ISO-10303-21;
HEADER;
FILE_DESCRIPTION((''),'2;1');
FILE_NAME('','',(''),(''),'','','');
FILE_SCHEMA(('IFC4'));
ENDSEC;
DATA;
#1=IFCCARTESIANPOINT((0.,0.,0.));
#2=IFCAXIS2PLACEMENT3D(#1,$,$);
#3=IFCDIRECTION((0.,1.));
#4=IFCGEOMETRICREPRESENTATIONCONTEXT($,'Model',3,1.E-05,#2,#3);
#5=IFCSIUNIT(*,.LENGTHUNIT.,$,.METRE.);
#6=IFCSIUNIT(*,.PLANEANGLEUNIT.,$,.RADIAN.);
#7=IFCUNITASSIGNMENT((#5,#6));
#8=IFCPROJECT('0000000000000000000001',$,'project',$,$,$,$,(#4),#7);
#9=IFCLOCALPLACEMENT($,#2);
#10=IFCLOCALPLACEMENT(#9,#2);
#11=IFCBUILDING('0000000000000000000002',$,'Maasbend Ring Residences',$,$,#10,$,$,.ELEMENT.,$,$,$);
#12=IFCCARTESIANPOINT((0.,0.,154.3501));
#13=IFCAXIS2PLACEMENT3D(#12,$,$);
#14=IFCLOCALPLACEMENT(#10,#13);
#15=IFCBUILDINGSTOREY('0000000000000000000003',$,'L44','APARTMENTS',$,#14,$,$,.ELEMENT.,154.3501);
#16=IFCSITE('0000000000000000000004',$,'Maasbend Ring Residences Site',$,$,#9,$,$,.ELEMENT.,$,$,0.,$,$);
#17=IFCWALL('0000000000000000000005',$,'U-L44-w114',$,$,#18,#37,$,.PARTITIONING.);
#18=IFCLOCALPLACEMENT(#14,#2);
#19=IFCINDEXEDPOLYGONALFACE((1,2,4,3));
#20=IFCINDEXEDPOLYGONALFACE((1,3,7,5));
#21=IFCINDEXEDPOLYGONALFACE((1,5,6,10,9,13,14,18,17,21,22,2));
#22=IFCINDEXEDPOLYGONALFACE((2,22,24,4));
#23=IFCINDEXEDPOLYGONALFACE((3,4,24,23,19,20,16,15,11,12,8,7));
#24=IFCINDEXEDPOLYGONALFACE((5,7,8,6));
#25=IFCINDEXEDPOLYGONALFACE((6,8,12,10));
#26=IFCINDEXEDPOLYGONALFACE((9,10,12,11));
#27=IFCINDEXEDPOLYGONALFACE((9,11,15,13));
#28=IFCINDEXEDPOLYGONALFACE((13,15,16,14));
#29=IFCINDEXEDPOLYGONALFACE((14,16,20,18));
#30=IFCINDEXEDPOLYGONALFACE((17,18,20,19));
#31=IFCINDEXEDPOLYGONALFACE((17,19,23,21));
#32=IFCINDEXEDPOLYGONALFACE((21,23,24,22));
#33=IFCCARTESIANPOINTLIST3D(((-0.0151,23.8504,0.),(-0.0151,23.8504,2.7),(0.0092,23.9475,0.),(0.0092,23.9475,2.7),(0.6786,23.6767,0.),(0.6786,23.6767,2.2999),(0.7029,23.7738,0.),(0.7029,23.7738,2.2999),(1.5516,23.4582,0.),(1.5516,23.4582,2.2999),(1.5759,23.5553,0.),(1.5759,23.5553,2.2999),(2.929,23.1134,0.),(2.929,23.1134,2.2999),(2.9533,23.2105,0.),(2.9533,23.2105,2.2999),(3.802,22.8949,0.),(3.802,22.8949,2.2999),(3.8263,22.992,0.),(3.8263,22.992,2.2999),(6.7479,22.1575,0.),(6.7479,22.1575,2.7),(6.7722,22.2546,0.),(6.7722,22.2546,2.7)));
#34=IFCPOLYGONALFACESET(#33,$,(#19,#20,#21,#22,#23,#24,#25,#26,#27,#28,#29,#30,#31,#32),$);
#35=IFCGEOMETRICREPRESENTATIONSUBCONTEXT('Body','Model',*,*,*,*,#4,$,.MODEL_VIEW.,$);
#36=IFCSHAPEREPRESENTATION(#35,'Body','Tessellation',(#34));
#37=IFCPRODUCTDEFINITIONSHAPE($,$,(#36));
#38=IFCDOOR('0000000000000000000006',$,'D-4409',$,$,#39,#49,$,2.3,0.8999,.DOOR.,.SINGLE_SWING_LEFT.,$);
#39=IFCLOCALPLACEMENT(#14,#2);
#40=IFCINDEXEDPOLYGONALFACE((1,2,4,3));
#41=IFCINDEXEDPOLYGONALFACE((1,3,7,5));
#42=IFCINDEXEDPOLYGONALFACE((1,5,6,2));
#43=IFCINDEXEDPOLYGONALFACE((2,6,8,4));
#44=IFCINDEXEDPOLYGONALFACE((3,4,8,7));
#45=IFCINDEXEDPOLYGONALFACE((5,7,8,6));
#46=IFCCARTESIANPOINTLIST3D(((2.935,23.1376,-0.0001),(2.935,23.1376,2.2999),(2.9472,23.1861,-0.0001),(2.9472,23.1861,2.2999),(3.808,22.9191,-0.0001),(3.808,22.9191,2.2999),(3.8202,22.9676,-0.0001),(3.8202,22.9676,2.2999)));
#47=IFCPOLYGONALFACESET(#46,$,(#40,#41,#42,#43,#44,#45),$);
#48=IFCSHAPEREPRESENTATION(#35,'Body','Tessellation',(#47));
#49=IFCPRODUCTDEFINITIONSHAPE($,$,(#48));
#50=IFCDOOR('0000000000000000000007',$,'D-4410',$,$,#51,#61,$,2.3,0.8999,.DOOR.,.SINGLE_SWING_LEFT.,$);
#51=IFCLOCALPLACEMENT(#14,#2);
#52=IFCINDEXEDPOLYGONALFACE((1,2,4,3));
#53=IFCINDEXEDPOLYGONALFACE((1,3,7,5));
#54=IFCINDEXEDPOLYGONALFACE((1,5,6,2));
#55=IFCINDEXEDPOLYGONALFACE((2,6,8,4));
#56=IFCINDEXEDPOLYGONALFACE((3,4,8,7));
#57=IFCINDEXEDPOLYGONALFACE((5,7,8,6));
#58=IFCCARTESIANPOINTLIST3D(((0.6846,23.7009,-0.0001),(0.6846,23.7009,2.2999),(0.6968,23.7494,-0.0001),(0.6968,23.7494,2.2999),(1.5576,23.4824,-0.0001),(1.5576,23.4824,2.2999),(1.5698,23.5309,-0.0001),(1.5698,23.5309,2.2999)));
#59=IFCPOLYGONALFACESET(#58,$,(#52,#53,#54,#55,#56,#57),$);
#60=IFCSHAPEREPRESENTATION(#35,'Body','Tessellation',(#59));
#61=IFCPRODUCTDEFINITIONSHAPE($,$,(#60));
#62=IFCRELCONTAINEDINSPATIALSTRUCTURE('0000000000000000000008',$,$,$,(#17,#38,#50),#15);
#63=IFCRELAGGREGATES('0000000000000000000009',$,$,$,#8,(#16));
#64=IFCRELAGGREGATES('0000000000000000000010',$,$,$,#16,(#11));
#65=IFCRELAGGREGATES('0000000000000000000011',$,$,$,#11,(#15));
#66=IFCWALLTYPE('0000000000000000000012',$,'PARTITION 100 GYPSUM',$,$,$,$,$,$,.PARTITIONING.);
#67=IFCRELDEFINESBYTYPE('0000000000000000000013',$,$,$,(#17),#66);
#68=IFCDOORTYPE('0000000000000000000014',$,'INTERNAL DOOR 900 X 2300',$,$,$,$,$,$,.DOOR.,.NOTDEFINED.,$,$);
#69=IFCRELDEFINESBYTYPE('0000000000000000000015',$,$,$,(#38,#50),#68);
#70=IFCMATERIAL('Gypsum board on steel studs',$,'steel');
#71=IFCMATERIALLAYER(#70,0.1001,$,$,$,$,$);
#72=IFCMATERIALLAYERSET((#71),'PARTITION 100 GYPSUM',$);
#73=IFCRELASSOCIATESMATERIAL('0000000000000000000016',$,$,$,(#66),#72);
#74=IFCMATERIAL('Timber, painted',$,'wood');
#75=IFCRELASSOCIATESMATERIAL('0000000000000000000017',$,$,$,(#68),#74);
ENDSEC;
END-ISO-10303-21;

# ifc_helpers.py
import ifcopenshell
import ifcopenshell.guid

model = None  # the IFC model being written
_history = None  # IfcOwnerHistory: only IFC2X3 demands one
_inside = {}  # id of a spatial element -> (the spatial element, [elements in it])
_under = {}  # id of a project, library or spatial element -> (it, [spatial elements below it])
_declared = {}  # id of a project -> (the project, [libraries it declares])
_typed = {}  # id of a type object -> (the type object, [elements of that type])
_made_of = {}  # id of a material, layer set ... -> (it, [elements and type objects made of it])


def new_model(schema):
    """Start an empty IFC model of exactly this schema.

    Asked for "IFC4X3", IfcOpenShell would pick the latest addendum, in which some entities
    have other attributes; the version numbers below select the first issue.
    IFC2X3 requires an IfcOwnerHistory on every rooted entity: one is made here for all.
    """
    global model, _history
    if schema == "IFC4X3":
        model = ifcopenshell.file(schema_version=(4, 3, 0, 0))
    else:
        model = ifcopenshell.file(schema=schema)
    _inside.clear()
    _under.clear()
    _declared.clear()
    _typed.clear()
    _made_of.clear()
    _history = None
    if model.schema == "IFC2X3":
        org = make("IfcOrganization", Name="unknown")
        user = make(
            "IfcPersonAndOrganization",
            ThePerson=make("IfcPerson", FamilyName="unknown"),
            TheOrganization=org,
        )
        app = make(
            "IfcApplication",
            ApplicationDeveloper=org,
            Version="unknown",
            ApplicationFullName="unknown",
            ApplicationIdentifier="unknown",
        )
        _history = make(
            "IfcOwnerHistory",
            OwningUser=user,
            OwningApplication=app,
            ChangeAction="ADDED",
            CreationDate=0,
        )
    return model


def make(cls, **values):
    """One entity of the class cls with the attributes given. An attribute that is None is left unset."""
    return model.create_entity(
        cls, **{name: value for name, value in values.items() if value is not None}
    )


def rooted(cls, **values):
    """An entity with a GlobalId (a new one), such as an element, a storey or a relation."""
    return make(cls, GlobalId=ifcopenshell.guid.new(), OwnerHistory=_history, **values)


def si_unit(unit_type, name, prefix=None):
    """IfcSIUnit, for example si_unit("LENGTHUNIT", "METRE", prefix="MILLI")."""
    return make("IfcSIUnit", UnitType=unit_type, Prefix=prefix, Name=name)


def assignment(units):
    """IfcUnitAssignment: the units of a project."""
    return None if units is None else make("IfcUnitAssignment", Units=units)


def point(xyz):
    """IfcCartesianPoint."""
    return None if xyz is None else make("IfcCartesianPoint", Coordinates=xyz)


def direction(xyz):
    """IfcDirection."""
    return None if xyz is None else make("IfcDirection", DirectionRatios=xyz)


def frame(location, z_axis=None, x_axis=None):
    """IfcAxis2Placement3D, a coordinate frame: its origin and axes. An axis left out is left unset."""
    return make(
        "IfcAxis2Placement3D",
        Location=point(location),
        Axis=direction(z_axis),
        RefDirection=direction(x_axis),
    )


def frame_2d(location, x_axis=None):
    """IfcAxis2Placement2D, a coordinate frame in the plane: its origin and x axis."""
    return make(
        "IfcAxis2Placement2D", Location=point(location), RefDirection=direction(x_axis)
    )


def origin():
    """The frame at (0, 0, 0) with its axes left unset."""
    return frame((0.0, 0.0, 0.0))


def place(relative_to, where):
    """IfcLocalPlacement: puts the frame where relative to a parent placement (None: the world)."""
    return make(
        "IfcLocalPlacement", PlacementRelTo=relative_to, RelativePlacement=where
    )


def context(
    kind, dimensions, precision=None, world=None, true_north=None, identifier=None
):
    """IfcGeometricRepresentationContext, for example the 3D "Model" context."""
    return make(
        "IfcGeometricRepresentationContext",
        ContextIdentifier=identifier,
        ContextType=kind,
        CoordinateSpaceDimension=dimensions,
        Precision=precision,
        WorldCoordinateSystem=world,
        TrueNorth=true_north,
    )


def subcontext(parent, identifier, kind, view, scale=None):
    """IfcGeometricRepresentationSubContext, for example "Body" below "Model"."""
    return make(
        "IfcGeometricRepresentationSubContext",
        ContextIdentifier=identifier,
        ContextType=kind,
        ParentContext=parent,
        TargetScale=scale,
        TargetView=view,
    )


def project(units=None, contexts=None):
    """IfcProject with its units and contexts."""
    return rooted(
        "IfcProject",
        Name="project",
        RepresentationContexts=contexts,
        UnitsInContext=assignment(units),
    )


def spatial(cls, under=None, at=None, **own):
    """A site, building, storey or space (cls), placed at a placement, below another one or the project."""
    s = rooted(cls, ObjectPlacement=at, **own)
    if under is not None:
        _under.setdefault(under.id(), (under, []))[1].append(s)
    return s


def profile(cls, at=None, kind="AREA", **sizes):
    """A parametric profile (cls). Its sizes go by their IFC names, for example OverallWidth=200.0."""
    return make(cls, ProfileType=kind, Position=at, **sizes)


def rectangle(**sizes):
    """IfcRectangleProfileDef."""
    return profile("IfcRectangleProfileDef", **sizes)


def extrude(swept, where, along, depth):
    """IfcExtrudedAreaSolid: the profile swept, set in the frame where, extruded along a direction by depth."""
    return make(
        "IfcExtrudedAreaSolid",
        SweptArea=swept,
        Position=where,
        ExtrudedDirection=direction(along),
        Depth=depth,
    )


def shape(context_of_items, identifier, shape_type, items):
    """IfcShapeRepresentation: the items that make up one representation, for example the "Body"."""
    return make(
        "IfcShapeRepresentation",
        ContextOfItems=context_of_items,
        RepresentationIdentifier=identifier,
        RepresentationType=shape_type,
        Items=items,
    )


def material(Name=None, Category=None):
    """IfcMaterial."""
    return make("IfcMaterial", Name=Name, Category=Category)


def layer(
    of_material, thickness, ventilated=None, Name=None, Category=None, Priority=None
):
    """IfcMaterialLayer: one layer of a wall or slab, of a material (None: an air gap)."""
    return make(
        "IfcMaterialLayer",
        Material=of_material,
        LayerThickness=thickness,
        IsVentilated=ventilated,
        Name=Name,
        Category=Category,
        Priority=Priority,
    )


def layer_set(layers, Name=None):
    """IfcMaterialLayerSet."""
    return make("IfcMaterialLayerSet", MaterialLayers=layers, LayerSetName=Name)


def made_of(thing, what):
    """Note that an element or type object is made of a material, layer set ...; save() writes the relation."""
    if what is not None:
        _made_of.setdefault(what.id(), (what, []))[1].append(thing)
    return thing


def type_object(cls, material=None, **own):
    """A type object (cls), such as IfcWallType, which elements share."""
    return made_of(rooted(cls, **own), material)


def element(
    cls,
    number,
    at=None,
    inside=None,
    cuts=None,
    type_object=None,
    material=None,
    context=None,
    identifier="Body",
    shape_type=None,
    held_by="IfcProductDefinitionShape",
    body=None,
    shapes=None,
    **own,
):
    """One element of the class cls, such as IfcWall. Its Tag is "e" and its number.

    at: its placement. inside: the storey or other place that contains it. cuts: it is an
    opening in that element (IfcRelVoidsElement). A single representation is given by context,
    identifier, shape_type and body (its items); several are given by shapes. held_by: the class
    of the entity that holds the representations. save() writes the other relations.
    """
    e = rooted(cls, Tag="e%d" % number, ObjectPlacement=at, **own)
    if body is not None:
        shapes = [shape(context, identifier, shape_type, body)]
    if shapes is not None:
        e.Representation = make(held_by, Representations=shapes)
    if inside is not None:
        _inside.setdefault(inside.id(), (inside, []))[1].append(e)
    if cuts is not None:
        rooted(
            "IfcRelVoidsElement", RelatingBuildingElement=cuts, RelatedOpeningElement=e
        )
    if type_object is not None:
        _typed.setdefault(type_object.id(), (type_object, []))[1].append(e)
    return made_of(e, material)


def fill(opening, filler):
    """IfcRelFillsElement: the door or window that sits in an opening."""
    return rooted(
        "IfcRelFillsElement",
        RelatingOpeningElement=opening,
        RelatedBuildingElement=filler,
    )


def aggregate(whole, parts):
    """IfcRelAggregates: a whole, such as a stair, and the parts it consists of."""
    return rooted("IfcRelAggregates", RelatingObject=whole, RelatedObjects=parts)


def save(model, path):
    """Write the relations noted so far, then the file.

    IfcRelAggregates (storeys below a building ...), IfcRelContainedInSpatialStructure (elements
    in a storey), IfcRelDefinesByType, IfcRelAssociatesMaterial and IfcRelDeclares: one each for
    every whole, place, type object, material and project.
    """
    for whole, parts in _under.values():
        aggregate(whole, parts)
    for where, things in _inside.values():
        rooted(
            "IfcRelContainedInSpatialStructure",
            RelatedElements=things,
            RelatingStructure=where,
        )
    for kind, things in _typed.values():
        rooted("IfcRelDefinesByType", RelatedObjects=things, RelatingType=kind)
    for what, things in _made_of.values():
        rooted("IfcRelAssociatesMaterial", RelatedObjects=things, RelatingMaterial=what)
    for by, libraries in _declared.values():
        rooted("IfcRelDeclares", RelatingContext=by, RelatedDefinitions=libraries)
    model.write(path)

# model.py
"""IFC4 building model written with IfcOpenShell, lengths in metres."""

from ifc_helpers import new_model, si_unit, direction, frame, frame_2d, origin, place, context, subcontext, project, spatial, rectangle, extrude, material, layer, layer_set, type_object, element, fill, save


model = new_model("IFC4")

# Units and contexts
model_context = context("Model", 3, precision=1e-05, world=origin(), true_north=direction((0.0, 1.0)))
body_context = subcontext(model_context, "Body", "Model", "MODEL_VIEW")
ifc_project = project(units=[si_unit("LENGTHUNIT", "METRE"), si_unit("PLANEANGLEUNIT", "RADIAN")], contexts=[model_context])

# Site, building, storey
site_placement = place(None, origin())
site = spatial("IfcSite", under=ifc_project, at=site_placement, Name="Maasbend Ring Residences Site", CompositionType="ELEMENT", RefElevation=0.0)
building_placement = place(site_placement, origin())
building = spatial("IfcBuilding", under=site, at=building_placement, Name="Maasbend Ring Residences", CompositionType="ELEMENT")
storey_placement = place(building_placement, frame((0.0, 0.0, 154.3501)))
storey = spatial("IfcBuildingStorey", under=building, at=storey_placement, Name="L44", Description="APARTMENTS", CompositionType="ELEMENT", Elevation=154.3501)

# Shared definitions
ifc_material_1 = material(Name="Gypsum board on steel studs", Category="steel")
ifc_layer_1 = layer(ifc_material_1, 0.1001)
ifc_layer_set_1 = layer_set([ifc_layer_1], Name="PARTITION 100 GYPSUM")
wall_type_1 = type_object("IfcWallType", Name="PARTITION 100 GYPSUM", PredefinedType="PARTITIONING", material=ifc_layer_set_1)
ifc_material_2 = material(Name="Timber, painted", Category="wood")
door_type_1 = type_object("IfcDoorType", Name="INTERNAL DOOR 900 X 2300", OperationType="NOTDEFINED", PredefinedType="DOOR", material=ifc_material_2)

# Wall, openings, doors
wall_1_placement = place(storey_placement, frame((-0.0029, 23.8989, 0.0), z_axis=(0.0, 0.0, 1.0), x_axis=(0.97007, -0.242824, 0.0)))
wall_1 = element("IfcWall", 1, at=wall_1_placement, inside=storey, type_object=wall_type_1, Name="U-L44-w114", PredefinedType="PARTITIONING", context=body_context, shape_type="SweptSolid", body=[
    extrude(rectangle(XDim=6.9717, YDim=0.1001, at=frame_2d((3.4858, 0.0))), origin(), (0.0, 0.0, 1.0), 2.7),
])
opening_1_placement = place(wall_1_placement, frame((3.0349, 0.0, 0.0)))
opening_1 = element("IfcOpeningElement", 2, at=opening_1_placement, cuts=wall_1, PredefinedType="OPENING", context=body_context, shape_type="SweptSolid", body=[
    extrude(rectangle(XDim=0.8999, YDim=2.3, at=frame_2d((0.45, 1.1499))), frame((0.0, 0.0601, 0.0), z_axis=(0.0, -1.0, 0.0), x_axis=(1.0, 0.0, 0.0)), (0.0, 0.0, 1.0), 0.1201),
])
opening_2_placement = place(wall_1_placement, frame((0.7151, 0.0, 0.0)))
opening_2 = element("IfcOpeningElement", 3, at=opening_2_placement, cuts=wall_1, PredefinedType="OPENING", context=body_context, shape_type="SweptSolid", body=[
    extrude(rectangle(XDim=0.8999, YDim=2.3, at=frame_2d((0.45, 1.1499))), frame((0.0, 0.0601, 0.0), z_axis=(0.0, -1.0, 0.0), x_axis=(1.0, 0.0, 0.0)), (0.0, 0.0, 1.0), 0.1201),
])
door_1_placement = place(opening_1_placement, origin())
door_1 = element("IfcDoor", 4, at=door_1_placement, inside=storey, type_object=door_type_1, Name="D-4409", OperationType="SINGLE_SWING_LEFT", OverallHeight=2.3, OverallWidth=0.8999, PredefinedType="DOOR", context=body_context, shape_type="SweptSolid", body=[
    extrude(rectangle(XDim=0.8999, YDim=2.3, at=frame_2d((0.45, 1.1499))), frame((0.0, 0.0249, 0.0), z_axis=(0.0, -1.0, 0.0), x_axis=(1.0, 0.0, 0.0)), (0.0, 0.0, 1.0), 0.05),
])
fill(opening_1, door_1)
door_2_placement = place(opening_2_placement, origin())
door_2 = element("IfcDoor", 5, at=door_2_placement, inside=storey, type_object=door_type_1, Name="D-4410", OperationType="SINGLE_SWING_LEFT", OverallHeight=2.3, OverallWidth=0.8999, PredefinedType="DOOR", context=body_context, shape_type="SweptSolid", body=[
    extrude(rectangle(XDim=0.8999, YDim=2.3, at=frame_2d((0.45, 1.1499))), frame((0.0, 0.0249, 0.0), z_axis=(0.0, -1.0, 0.0), x_axis=(1.0, 0.0, 0.0)), (0.0, 0.0, 1.0), 0.05),
])
fill(opening_2, door_2)

save(model, "model.ifc")
